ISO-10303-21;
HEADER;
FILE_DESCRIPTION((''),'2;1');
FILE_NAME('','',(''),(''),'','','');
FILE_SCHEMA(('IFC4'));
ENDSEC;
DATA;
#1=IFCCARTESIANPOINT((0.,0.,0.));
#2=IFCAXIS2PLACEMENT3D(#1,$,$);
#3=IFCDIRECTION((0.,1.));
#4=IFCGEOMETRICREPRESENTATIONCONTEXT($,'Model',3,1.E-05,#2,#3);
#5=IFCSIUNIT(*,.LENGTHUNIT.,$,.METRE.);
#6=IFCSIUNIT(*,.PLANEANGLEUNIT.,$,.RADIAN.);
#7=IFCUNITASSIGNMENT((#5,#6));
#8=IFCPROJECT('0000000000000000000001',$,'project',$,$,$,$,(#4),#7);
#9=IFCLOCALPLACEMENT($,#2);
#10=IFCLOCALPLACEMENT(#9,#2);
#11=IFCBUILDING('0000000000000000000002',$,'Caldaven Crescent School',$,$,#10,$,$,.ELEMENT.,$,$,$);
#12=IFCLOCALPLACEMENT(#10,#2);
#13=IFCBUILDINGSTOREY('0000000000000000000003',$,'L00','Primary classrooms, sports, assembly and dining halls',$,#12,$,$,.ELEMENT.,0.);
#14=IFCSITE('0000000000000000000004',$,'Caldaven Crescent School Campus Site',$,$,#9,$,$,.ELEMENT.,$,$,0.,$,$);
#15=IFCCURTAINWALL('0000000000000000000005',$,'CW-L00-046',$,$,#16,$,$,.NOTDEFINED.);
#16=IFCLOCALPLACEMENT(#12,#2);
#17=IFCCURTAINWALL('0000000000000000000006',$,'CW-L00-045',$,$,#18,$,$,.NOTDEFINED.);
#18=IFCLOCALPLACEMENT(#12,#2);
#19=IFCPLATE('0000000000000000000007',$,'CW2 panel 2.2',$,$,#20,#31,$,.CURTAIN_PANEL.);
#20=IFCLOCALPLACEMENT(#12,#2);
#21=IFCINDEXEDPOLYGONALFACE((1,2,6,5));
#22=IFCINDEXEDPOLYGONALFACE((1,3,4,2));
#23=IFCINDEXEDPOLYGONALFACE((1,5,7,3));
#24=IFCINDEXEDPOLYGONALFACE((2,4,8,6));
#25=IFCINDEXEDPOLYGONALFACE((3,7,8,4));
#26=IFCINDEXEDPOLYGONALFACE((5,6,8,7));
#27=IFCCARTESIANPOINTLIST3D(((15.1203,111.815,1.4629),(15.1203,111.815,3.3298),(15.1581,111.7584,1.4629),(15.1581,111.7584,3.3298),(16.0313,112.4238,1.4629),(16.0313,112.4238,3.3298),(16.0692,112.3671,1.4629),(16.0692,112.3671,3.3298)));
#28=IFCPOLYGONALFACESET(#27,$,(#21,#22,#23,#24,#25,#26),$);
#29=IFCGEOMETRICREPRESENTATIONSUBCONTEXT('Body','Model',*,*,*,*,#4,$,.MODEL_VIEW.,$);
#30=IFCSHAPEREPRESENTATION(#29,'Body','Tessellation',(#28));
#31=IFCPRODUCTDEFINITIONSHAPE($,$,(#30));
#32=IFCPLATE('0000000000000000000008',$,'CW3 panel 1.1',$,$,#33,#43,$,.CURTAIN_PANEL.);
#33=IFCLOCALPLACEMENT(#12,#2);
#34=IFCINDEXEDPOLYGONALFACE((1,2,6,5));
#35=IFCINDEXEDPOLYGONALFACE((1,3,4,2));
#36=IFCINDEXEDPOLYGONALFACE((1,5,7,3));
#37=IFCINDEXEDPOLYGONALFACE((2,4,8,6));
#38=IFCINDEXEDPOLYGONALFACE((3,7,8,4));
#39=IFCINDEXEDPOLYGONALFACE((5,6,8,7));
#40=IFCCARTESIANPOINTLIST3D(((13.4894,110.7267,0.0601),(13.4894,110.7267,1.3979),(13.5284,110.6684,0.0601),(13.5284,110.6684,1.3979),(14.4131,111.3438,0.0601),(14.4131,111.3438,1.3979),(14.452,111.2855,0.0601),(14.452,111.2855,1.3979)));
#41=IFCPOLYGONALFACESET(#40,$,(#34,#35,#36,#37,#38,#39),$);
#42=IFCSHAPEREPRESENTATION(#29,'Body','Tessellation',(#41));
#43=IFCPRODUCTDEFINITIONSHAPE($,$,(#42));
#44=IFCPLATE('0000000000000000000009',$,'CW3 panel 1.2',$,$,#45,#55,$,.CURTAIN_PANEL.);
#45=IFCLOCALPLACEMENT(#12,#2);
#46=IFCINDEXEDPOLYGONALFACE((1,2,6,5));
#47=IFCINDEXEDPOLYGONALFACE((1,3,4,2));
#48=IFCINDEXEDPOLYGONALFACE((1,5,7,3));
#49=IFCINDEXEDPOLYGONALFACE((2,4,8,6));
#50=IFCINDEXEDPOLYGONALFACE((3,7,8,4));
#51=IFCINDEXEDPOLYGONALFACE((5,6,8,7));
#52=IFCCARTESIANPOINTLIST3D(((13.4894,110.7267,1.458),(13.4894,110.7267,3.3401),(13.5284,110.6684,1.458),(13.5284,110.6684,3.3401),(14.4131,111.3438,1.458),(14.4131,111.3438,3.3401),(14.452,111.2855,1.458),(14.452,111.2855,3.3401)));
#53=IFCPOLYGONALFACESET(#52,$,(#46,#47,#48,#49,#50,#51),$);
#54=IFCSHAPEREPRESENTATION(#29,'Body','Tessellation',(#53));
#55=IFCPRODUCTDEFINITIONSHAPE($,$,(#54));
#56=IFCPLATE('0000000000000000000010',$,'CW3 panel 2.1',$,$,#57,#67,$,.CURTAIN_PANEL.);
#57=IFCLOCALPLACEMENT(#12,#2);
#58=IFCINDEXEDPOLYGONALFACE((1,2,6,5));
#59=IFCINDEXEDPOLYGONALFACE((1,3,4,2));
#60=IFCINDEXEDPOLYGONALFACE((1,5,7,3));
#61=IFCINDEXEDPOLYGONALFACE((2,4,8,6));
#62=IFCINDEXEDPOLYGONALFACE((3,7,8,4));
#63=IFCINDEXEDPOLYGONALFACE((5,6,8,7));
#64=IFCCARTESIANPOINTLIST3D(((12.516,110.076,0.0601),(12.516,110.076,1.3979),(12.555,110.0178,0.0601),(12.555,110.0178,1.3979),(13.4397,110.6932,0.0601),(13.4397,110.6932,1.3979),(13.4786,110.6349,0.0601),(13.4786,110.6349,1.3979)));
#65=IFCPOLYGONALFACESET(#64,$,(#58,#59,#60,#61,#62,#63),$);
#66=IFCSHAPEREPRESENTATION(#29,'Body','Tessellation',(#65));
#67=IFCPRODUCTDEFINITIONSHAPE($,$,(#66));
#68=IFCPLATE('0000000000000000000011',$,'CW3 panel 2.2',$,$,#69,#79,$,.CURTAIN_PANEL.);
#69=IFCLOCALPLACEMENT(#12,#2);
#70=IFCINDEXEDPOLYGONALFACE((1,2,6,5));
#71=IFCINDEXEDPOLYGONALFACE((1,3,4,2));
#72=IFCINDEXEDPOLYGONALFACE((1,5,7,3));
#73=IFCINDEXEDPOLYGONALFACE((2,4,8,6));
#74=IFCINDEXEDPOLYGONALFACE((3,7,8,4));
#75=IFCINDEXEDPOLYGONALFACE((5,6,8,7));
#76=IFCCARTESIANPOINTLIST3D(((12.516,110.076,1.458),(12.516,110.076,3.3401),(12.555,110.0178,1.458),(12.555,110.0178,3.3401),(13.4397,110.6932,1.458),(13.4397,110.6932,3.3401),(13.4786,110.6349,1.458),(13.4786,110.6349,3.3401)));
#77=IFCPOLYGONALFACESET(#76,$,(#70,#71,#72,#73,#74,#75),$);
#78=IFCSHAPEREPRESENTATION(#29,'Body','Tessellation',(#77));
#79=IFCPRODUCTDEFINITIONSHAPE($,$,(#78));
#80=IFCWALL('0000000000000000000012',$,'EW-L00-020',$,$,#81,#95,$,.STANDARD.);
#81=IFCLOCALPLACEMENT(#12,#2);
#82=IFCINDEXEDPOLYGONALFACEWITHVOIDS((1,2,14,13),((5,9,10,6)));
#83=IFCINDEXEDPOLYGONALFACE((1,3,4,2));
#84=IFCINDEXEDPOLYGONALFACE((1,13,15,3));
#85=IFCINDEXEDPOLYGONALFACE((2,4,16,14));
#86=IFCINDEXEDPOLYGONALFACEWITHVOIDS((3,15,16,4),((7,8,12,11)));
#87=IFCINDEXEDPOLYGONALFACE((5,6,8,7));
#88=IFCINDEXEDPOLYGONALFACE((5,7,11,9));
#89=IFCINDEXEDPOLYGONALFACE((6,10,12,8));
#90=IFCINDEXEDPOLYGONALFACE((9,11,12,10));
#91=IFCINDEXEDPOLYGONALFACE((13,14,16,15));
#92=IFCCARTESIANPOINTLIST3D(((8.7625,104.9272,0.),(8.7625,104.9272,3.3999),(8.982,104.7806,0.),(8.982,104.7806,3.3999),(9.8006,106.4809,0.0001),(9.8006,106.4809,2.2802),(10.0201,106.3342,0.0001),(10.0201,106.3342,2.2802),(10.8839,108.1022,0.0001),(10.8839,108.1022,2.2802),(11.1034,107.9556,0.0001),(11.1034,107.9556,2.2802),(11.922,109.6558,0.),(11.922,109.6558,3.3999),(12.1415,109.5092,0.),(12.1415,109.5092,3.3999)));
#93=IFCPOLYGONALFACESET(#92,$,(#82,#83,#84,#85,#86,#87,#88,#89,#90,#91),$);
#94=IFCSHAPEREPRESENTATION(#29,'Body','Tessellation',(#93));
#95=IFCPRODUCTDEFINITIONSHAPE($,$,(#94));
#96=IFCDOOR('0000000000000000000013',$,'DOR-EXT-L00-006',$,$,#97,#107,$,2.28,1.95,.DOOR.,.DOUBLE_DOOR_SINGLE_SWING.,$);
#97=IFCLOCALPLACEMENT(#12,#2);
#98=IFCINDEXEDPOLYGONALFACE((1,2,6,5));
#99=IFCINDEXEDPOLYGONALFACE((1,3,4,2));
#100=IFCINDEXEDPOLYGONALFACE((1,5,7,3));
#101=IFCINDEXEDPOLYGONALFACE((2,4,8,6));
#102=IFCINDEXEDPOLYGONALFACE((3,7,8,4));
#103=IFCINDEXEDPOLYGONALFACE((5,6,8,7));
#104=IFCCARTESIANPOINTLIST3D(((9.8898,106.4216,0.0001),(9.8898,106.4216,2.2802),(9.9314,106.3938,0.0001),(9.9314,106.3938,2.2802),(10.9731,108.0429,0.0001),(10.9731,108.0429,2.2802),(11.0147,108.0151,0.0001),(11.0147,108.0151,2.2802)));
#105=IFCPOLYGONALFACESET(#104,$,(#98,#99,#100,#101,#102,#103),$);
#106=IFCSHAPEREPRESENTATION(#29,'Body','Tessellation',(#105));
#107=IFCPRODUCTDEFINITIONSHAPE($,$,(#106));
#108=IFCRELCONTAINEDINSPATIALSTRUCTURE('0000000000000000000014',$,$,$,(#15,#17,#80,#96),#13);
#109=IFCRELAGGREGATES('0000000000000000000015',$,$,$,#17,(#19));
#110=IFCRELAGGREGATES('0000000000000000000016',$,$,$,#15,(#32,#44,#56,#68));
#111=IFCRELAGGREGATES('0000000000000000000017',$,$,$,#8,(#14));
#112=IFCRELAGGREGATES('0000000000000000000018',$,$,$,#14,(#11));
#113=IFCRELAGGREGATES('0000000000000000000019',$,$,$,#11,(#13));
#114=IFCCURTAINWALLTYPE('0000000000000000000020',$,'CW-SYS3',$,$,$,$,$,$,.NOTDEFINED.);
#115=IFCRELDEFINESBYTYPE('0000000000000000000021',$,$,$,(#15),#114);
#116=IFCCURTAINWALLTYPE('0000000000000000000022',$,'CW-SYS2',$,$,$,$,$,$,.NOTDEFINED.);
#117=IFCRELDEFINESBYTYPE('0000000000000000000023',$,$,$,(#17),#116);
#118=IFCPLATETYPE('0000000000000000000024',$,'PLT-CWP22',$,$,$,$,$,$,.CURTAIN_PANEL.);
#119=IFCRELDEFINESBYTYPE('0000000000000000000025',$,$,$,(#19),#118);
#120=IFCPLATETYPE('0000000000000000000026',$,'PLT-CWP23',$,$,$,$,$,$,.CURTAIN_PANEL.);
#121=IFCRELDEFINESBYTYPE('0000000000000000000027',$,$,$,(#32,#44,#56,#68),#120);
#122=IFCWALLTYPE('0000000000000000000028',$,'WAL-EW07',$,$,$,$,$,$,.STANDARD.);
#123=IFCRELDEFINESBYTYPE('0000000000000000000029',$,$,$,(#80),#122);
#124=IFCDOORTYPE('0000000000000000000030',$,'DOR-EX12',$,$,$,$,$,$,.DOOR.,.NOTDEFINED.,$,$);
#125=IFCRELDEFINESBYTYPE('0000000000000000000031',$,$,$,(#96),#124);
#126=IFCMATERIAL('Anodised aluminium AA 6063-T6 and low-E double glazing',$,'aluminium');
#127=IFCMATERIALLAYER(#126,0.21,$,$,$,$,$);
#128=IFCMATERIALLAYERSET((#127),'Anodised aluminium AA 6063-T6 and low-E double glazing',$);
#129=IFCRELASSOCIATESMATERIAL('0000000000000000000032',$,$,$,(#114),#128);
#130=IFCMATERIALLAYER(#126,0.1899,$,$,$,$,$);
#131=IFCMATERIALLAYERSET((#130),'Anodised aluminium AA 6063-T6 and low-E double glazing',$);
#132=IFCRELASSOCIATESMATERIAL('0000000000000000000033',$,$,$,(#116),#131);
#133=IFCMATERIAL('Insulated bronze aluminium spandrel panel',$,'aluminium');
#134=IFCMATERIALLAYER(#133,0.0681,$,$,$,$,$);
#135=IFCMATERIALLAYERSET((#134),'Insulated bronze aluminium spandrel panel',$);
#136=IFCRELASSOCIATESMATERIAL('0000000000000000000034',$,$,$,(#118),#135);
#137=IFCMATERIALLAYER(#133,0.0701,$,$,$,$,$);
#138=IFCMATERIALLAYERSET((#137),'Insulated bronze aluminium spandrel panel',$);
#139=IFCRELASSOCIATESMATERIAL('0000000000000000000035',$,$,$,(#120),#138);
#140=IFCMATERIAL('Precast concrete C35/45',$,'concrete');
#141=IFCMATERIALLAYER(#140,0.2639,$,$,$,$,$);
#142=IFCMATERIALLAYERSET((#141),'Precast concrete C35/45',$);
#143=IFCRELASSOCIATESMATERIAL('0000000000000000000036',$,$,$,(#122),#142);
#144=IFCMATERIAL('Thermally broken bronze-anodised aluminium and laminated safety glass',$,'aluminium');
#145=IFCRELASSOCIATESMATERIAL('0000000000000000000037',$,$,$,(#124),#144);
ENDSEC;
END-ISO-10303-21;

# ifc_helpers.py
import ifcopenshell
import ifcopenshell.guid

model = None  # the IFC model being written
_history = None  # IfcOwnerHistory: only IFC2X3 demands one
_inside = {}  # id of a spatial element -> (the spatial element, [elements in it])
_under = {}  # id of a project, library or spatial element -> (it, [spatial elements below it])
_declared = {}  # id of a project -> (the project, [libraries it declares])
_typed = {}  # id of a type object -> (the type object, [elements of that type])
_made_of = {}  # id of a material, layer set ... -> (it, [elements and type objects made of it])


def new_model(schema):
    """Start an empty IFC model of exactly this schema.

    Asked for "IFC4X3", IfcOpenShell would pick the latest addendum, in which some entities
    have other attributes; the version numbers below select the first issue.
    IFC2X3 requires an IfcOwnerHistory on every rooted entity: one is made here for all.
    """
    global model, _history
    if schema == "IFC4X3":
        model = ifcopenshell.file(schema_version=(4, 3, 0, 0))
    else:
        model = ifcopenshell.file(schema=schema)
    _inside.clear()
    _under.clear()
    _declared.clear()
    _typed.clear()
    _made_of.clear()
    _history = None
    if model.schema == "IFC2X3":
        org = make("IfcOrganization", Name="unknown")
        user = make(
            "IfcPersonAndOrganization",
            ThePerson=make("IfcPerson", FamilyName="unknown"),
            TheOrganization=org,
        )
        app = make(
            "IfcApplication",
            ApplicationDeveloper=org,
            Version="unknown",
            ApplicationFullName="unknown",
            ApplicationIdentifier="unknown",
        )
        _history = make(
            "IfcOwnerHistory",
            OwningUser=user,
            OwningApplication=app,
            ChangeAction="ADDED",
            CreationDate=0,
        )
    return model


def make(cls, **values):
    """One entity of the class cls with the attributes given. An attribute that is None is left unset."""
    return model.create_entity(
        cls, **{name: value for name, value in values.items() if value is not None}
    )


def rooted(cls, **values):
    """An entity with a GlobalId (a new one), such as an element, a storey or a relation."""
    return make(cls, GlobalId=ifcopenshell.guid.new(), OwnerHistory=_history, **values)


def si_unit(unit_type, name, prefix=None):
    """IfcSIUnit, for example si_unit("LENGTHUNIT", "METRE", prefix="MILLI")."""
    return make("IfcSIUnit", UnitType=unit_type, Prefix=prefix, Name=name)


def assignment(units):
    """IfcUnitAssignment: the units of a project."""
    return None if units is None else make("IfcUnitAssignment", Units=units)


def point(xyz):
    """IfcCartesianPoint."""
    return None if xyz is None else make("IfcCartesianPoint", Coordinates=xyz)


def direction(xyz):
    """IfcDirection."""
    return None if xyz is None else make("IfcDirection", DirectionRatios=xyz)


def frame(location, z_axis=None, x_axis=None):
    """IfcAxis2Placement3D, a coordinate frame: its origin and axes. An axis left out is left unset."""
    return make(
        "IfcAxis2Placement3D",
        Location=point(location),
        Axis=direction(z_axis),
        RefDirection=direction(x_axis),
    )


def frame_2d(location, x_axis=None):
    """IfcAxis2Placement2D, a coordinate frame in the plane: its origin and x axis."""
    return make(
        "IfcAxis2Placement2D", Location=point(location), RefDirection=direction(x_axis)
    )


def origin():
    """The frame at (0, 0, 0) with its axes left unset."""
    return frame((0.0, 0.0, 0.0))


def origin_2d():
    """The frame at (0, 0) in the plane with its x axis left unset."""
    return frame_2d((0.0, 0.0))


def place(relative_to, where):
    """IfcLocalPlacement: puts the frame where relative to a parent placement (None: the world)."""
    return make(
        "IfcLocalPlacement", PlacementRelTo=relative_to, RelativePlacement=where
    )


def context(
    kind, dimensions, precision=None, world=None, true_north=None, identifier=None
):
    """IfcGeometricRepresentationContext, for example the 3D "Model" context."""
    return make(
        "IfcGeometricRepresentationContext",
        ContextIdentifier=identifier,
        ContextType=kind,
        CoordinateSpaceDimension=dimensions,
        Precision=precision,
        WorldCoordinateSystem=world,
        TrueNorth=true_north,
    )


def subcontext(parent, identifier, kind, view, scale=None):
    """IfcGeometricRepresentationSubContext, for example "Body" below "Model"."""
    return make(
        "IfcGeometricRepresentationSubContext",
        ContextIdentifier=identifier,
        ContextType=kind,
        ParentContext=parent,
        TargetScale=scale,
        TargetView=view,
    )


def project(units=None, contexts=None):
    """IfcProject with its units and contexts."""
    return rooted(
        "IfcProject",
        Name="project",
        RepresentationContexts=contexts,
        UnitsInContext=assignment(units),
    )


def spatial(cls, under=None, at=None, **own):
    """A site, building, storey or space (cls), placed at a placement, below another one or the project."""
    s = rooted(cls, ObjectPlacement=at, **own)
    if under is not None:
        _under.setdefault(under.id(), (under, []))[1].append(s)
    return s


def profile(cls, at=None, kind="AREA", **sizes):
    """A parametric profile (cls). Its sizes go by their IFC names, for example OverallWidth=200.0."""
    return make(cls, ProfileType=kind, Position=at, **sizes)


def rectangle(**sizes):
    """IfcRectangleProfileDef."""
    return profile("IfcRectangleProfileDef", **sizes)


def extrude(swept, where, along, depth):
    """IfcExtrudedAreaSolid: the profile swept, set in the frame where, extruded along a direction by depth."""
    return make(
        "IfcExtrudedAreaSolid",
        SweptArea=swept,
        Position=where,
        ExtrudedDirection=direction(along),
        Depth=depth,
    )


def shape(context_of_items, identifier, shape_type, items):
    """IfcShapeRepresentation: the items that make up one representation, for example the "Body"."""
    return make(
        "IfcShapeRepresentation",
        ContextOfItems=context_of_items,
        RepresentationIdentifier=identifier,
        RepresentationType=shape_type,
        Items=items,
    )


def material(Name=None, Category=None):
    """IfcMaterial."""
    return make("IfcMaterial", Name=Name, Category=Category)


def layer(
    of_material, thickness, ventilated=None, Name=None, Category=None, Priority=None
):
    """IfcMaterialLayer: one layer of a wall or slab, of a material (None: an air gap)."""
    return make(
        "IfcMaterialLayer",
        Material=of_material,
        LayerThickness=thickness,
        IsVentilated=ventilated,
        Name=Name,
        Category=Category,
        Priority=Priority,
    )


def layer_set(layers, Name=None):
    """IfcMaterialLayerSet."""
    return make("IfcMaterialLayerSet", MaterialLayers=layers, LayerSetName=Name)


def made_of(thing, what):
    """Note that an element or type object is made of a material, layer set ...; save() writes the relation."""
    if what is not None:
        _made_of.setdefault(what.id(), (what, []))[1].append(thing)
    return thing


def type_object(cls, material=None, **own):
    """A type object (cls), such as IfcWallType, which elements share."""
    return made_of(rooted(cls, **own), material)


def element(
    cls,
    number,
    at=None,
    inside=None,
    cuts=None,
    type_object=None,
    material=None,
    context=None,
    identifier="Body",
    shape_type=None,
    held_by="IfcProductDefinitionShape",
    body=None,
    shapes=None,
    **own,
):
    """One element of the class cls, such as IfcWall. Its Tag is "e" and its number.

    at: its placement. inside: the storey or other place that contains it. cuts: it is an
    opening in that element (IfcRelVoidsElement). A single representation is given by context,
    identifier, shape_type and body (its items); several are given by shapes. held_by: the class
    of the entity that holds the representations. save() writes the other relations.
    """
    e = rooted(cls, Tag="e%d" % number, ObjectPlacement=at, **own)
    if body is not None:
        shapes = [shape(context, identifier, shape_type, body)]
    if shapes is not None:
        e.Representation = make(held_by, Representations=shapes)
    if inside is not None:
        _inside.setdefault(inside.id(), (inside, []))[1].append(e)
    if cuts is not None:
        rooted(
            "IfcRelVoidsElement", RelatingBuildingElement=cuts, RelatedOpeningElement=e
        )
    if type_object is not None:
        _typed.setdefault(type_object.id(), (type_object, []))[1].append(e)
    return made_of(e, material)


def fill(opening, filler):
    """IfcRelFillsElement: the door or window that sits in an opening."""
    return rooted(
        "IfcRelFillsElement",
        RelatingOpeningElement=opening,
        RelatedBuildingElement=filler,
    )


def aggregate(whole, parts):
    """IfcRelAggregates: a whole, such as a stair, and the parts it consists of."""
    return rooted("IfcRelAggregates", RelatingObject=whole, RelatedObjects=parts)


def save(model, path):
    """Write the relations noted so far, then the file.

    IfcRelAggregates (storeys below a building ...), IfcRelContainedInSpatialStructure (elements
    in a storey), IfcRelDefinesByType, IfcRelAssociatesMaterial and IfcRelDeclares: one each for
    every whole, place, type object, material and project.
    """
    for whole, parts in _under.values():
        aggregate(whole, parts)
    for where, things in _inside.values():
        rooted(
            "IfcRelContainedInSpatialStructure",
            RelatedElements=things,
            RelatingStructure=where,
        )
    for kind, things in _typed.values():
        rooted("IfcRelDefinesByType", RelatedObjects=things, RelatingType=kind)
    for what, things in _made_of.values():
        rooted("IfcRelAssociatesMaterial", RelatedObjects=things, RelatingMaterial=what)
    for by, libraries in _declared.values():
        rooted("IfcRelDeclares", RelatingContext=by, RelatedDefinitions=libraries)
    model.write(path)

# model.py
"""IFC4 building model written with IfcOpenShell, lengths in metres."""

from ifc_helpers import new_model, si_unit, direction, frame, frame_2d, origin, origin_2d, place, context, subcontext, project, spatial, rectangle, extrude, material, layer, layer_set, type_object, element, fill, aggregate, save


model = new_model("IFC4")

# Units and contexts
model_context = context("Model", 3, precision=1e-05, world=origin(), true_north=direction((0.0, 1.0)))
body_context = subcontext(model_context, "Body", "Model", "MODEL_VIEW")
ifc_project = project(units=[si_unit("LENGTHUNIT", "METRE"), si_unit("PLANEANGLEUNIT", "RADIAN")], contexts=[model_context])

# Site, building, storey
site_placement = place(None, origin())
site = spatial("IfcSite", under=ifc_project, at=site_placement, Name="Caldaven Crescent School Campus Site", CompositionType="ELEMENT", RefElevation=0.0)
building_placement = place(site_placement, origin())
building = spatial("IfcBuilding", under=site, at=building_placement, Name="Caldaven Crescent School", CompositionType="ELEMENT")
storey_placement = place(building_placement, origin())
storey = spatial("IfcBuildingStorey", under=building, at=storey_placement, Name="L00", Description="Primary classrooms, sports, assembly and dining halls", CompositionType="ELEMENT", Elevation=0.0)

# Curtain walls
ifc_material_1 = material(Name="Anodised aluminium AA 6063-T6 and low-E double glazing", Category="aluminium")
ifc_layer_1 = layer(ifc_material_1, 0.21)
ifc_layer_set_1 = layer_set([ifc_layer_1], Name="Anodised aluminium AA 6063-T6 and low-E double glazing")
curtain_wall_type_1 = type_object("IfcCurtainWallType", Name="CW-SYS3", PredefinedType="NOTDEFINED", material=ifc_layer_set_1)
curtain_wall_1_placement = place(storey_placement, origin())
curtain_wall_1 = element("IfcCurtainWall", 1, at=curtain_wall_1_placement, inside=storey, type_object=curtain_wall_type_1, Name="CW-L00-046", PredefinedType="NOTDEFINED")
ifc_layer_2 = layer(ifc_material_1, 0.1899)
ifc_layer_set_2 = layer_set([ifc_layer_2], Name="Anodised aluminium AA 6063-T6 and low-E double glazing")
curtain_wall_type_2 = type_object("IfcCurtainWallType", Name="CW-SYS2", PredefinedType="NOTDEFINED", material=ifc_layer_set_2)
curtain_wall_2_placement = place(storey_placement, origin())
curtain_wall_2 = element("IfcCurtainWall", 2, at=curtain_wall_2_placement, inside=storey, type_object=curtain_wall_type_2, Name="CW-L00-045", PredefinedType="NOTDEFINED")

# Plates
ifc_material_2 = material(Name="Insulated bronze aluminium spandrel panel", Category="aluminium")
ifc_layer_3 = layer(ifc_material_2, 0.0681)
ifc_layer_set_3 = layer_set([ifc_layer_3], Name="Insulated bronze aluminium spandrel panel")
plate_type_1 = type_object("IfcPlateType", Name="PLT-CWP22", PredefinedType="CURTAIN_PANEL", material=ifc_layer_set_3)
plate_1_placement = place(storey_placement, frame((15.5947, 112.0911, 1.4629), z_axis=(0.0, 0.0, 1.0), x_axis=(-0.83147, -0.55557, 0.0)))
plate_1 = element("IfcPlate", 3, at=plate_1_placement, type_object=plate_type_1, Name="CW2 panel 2.2", PredefinedType="CURTAIN_PANEL", context=body_context, shape_type="SweptSolid", body=[
    extrude(rectangle(XDim=1.0957, YDim=0.0681, at=origin_2d()), origin(), (0.0, 0.0, 1.0), 1.8669),
])
aggregate(curtain_wall_2, [plate_1])
ifc_layer_4 = layer(ifc_material_2, 0.0701)
ifc_layer_set_4 = layer_set([ifc_layer_4], Name="Insulated bronze aluminium spandrel panel")
plate_type_2 = type_object("IfcPlateType", Name="PLT-CWP23", PredefinedType="CURTAIN_PANEL", material=ifc_layer_set_4)
plate_2_placement = place(storey_placement, frame((13.9707, 111.0061, 0.0601), z_axis=(0.0, 0.0, 1.0), x_axis=(-0.831468, -0.555572, 0.0)))
plate_2 = element("IfcPlate", 4, at=plate_2_placement, type_object=plate_type_2, Name="CW3 panel 1.1", PredefinedType="CURTAIN_PANEL", context=body_context, shape_type="SweptSolid", body=[
    extrude(rectangle(XDim=1.1108, YDim=0.0701, at=origin_2d()), origin(), (0.0, 0.0, 1.0), 1.3379),
])
plate_3_placement = place(storey_placement, frame((13.9707, 111.0061, 1.458), z_axis=(0.0, 0.0, 1.0), x_axis=(-0.831468, -0.555572, 0.0)))
plate_3 = element("IfcPlate", 5, at=plate_3_placement, type_object=plate_type_2, Name="CW3 panel 1.2", PredefinedType="CURTAIN_PANEL", context=body_context, shape_type="SweptSolid", body=[
    extrude(rectangle(XDim=1.1108, YDim=0.0701, at=origin_2d()), origin(), (0.0, 0.0, 1.0), 1.8821),
])
plate_4_placement = place(storey_placement, frame((12.9973, 110.3555, 0.0601), z_axis=(0.0, 0.0, 1.0), x_axis=(-0.831468, -0.555572, 0.0)))
plate_4 = element("IfcPlate", 6, at=plate_4_placement, type_object=plate_type_2, Name="CW3 panel 2.1", PredefinedType="CURTAIN_PANEL", context=body_context, shape_type="SweptSolid", body=[
    extrude(rectangle(XDim=1.1108, YDim=0.0701, at=origin_2d()), origin(), (0.0, 0.0, 1.0), 1.3379),
])
plate_5_placement = place(storey_placement, frame((12.9973, 110.3555, 1.458), z_axis=(0.0, 0.0, 1.0), x_axis=(-0.831468, -0.555572, 0.0)))
plate_5 = element("IfcPlate", 7, at=plate_5_placement, type_object=plate_type_2, Name="CW3 panel 2.2", PredefinedType="CURTAIN_PANEL", context=body_context, shape_type="SweptSolid", body=[
    extrude(rectangle(XDim=1.1108, YDim=0.0701, at=origin_2d()), origin(), (0.0, 0.0, 1.0), 1.8821),
])
aggregate(curtain_wall_1, [plate_2, plate_3, plate_4, plate_5])

# Wall, opening, door
ifc_material_3 = material(Name="Precast concrete C35/45", Category="concrete")
ifc_layer_5 = layer(ifc_material_3, 0.2639)
ifc_layer_set_5 = layer_set([ifc_layer_5], Name="Precast concrete C35/45")
wall_type_1 = type_object("IfcWallType", Name="WAL-EW07", PredefinedType="STANDARD", material=ifc_layer_set_5)
wall_1_placement = place(storey_placement, frame((12.0317, 109.5825, 0.0), z_axis=(0.0, 0.0, 1.0), x_axis=(-0.555562, -0.831475, 0.0)))
wall_1 = element("IfcWall", 8, at=wall_1_placement, inside=storey, type_object=wall_type_1, Name="EW-L00-020", PredefinedType="STANDARD", context=body_context, shape_type="SweptSolid", body=[
    extrude(rectangle(XDim=5.687, YDim=0.2639, at=frame_2d((2.8435, 0.0))), origin(), (0.0, 0.0, 1.0), 3.3999),
])
opening_1_placement = place(wall_1_placement, frame((1.8684, 0.0, 0.0)))
opening_1 = element("IfcOpeningElement", 9, at=opening_1_placement, cuts=wall_1, PredefinedType="OPENING", context=body_context, shape_type="SweptSolid", body=[
    extrude(rectangle(XDim=1.95, YDim=2.28, at=frame_2d((0.9751, 1.1401))), frame((0.0, 0.1418, 0.0), z_axis=(0.0, -1.0, 0.0), x_axis=(1.0, 0.0, 0.0)), (0.0, 0.0, 1.0), 0.2839),
])
ifc_material_4 = material(Name="Thermally broken bronze-anodised aluminium and laminated safety glass", Category="aluminium")
door_type_1 = type_object("IfcDoorType", Name="DOR-EX12", OperationType="NOTDEFINED", PredefinedType="DOOR", material=ifc_material_4)
door_1_placement = place(opening_1_placement, frame((1.95, 0.0, 0.0), z_axis=(0.0, 0.0, 1.0), x_axis=(-1.0, 0.0, 0.0)))
door_1 = element("IfcDoor", 10, at=door_1_placement, inside=storey, type_object=door_type_1, Name="DOR-EXT-L00-006", OperationType="DOUBLE_DOOR_SINGLE_SWING", OverallHeight=2.28, OverallWidth=1.95, PredefinedType="DOOR", context=body_context, shape_type="SweptSolid", body=[
    extrude(rectangle(XDim=1.95, YDim=2.28, at=frame_2d((0.9751, 1.1401))), frame((0.0, 0.0249, 0.0), z_axis=(0.0, -1.0, 0.0), x_axis=(1.0, 0.0, 0.0)), (0.0, 0.0, 1.0), 0.05),
])
fill(opening_1, door_1)

save(model, "model.ifc")
